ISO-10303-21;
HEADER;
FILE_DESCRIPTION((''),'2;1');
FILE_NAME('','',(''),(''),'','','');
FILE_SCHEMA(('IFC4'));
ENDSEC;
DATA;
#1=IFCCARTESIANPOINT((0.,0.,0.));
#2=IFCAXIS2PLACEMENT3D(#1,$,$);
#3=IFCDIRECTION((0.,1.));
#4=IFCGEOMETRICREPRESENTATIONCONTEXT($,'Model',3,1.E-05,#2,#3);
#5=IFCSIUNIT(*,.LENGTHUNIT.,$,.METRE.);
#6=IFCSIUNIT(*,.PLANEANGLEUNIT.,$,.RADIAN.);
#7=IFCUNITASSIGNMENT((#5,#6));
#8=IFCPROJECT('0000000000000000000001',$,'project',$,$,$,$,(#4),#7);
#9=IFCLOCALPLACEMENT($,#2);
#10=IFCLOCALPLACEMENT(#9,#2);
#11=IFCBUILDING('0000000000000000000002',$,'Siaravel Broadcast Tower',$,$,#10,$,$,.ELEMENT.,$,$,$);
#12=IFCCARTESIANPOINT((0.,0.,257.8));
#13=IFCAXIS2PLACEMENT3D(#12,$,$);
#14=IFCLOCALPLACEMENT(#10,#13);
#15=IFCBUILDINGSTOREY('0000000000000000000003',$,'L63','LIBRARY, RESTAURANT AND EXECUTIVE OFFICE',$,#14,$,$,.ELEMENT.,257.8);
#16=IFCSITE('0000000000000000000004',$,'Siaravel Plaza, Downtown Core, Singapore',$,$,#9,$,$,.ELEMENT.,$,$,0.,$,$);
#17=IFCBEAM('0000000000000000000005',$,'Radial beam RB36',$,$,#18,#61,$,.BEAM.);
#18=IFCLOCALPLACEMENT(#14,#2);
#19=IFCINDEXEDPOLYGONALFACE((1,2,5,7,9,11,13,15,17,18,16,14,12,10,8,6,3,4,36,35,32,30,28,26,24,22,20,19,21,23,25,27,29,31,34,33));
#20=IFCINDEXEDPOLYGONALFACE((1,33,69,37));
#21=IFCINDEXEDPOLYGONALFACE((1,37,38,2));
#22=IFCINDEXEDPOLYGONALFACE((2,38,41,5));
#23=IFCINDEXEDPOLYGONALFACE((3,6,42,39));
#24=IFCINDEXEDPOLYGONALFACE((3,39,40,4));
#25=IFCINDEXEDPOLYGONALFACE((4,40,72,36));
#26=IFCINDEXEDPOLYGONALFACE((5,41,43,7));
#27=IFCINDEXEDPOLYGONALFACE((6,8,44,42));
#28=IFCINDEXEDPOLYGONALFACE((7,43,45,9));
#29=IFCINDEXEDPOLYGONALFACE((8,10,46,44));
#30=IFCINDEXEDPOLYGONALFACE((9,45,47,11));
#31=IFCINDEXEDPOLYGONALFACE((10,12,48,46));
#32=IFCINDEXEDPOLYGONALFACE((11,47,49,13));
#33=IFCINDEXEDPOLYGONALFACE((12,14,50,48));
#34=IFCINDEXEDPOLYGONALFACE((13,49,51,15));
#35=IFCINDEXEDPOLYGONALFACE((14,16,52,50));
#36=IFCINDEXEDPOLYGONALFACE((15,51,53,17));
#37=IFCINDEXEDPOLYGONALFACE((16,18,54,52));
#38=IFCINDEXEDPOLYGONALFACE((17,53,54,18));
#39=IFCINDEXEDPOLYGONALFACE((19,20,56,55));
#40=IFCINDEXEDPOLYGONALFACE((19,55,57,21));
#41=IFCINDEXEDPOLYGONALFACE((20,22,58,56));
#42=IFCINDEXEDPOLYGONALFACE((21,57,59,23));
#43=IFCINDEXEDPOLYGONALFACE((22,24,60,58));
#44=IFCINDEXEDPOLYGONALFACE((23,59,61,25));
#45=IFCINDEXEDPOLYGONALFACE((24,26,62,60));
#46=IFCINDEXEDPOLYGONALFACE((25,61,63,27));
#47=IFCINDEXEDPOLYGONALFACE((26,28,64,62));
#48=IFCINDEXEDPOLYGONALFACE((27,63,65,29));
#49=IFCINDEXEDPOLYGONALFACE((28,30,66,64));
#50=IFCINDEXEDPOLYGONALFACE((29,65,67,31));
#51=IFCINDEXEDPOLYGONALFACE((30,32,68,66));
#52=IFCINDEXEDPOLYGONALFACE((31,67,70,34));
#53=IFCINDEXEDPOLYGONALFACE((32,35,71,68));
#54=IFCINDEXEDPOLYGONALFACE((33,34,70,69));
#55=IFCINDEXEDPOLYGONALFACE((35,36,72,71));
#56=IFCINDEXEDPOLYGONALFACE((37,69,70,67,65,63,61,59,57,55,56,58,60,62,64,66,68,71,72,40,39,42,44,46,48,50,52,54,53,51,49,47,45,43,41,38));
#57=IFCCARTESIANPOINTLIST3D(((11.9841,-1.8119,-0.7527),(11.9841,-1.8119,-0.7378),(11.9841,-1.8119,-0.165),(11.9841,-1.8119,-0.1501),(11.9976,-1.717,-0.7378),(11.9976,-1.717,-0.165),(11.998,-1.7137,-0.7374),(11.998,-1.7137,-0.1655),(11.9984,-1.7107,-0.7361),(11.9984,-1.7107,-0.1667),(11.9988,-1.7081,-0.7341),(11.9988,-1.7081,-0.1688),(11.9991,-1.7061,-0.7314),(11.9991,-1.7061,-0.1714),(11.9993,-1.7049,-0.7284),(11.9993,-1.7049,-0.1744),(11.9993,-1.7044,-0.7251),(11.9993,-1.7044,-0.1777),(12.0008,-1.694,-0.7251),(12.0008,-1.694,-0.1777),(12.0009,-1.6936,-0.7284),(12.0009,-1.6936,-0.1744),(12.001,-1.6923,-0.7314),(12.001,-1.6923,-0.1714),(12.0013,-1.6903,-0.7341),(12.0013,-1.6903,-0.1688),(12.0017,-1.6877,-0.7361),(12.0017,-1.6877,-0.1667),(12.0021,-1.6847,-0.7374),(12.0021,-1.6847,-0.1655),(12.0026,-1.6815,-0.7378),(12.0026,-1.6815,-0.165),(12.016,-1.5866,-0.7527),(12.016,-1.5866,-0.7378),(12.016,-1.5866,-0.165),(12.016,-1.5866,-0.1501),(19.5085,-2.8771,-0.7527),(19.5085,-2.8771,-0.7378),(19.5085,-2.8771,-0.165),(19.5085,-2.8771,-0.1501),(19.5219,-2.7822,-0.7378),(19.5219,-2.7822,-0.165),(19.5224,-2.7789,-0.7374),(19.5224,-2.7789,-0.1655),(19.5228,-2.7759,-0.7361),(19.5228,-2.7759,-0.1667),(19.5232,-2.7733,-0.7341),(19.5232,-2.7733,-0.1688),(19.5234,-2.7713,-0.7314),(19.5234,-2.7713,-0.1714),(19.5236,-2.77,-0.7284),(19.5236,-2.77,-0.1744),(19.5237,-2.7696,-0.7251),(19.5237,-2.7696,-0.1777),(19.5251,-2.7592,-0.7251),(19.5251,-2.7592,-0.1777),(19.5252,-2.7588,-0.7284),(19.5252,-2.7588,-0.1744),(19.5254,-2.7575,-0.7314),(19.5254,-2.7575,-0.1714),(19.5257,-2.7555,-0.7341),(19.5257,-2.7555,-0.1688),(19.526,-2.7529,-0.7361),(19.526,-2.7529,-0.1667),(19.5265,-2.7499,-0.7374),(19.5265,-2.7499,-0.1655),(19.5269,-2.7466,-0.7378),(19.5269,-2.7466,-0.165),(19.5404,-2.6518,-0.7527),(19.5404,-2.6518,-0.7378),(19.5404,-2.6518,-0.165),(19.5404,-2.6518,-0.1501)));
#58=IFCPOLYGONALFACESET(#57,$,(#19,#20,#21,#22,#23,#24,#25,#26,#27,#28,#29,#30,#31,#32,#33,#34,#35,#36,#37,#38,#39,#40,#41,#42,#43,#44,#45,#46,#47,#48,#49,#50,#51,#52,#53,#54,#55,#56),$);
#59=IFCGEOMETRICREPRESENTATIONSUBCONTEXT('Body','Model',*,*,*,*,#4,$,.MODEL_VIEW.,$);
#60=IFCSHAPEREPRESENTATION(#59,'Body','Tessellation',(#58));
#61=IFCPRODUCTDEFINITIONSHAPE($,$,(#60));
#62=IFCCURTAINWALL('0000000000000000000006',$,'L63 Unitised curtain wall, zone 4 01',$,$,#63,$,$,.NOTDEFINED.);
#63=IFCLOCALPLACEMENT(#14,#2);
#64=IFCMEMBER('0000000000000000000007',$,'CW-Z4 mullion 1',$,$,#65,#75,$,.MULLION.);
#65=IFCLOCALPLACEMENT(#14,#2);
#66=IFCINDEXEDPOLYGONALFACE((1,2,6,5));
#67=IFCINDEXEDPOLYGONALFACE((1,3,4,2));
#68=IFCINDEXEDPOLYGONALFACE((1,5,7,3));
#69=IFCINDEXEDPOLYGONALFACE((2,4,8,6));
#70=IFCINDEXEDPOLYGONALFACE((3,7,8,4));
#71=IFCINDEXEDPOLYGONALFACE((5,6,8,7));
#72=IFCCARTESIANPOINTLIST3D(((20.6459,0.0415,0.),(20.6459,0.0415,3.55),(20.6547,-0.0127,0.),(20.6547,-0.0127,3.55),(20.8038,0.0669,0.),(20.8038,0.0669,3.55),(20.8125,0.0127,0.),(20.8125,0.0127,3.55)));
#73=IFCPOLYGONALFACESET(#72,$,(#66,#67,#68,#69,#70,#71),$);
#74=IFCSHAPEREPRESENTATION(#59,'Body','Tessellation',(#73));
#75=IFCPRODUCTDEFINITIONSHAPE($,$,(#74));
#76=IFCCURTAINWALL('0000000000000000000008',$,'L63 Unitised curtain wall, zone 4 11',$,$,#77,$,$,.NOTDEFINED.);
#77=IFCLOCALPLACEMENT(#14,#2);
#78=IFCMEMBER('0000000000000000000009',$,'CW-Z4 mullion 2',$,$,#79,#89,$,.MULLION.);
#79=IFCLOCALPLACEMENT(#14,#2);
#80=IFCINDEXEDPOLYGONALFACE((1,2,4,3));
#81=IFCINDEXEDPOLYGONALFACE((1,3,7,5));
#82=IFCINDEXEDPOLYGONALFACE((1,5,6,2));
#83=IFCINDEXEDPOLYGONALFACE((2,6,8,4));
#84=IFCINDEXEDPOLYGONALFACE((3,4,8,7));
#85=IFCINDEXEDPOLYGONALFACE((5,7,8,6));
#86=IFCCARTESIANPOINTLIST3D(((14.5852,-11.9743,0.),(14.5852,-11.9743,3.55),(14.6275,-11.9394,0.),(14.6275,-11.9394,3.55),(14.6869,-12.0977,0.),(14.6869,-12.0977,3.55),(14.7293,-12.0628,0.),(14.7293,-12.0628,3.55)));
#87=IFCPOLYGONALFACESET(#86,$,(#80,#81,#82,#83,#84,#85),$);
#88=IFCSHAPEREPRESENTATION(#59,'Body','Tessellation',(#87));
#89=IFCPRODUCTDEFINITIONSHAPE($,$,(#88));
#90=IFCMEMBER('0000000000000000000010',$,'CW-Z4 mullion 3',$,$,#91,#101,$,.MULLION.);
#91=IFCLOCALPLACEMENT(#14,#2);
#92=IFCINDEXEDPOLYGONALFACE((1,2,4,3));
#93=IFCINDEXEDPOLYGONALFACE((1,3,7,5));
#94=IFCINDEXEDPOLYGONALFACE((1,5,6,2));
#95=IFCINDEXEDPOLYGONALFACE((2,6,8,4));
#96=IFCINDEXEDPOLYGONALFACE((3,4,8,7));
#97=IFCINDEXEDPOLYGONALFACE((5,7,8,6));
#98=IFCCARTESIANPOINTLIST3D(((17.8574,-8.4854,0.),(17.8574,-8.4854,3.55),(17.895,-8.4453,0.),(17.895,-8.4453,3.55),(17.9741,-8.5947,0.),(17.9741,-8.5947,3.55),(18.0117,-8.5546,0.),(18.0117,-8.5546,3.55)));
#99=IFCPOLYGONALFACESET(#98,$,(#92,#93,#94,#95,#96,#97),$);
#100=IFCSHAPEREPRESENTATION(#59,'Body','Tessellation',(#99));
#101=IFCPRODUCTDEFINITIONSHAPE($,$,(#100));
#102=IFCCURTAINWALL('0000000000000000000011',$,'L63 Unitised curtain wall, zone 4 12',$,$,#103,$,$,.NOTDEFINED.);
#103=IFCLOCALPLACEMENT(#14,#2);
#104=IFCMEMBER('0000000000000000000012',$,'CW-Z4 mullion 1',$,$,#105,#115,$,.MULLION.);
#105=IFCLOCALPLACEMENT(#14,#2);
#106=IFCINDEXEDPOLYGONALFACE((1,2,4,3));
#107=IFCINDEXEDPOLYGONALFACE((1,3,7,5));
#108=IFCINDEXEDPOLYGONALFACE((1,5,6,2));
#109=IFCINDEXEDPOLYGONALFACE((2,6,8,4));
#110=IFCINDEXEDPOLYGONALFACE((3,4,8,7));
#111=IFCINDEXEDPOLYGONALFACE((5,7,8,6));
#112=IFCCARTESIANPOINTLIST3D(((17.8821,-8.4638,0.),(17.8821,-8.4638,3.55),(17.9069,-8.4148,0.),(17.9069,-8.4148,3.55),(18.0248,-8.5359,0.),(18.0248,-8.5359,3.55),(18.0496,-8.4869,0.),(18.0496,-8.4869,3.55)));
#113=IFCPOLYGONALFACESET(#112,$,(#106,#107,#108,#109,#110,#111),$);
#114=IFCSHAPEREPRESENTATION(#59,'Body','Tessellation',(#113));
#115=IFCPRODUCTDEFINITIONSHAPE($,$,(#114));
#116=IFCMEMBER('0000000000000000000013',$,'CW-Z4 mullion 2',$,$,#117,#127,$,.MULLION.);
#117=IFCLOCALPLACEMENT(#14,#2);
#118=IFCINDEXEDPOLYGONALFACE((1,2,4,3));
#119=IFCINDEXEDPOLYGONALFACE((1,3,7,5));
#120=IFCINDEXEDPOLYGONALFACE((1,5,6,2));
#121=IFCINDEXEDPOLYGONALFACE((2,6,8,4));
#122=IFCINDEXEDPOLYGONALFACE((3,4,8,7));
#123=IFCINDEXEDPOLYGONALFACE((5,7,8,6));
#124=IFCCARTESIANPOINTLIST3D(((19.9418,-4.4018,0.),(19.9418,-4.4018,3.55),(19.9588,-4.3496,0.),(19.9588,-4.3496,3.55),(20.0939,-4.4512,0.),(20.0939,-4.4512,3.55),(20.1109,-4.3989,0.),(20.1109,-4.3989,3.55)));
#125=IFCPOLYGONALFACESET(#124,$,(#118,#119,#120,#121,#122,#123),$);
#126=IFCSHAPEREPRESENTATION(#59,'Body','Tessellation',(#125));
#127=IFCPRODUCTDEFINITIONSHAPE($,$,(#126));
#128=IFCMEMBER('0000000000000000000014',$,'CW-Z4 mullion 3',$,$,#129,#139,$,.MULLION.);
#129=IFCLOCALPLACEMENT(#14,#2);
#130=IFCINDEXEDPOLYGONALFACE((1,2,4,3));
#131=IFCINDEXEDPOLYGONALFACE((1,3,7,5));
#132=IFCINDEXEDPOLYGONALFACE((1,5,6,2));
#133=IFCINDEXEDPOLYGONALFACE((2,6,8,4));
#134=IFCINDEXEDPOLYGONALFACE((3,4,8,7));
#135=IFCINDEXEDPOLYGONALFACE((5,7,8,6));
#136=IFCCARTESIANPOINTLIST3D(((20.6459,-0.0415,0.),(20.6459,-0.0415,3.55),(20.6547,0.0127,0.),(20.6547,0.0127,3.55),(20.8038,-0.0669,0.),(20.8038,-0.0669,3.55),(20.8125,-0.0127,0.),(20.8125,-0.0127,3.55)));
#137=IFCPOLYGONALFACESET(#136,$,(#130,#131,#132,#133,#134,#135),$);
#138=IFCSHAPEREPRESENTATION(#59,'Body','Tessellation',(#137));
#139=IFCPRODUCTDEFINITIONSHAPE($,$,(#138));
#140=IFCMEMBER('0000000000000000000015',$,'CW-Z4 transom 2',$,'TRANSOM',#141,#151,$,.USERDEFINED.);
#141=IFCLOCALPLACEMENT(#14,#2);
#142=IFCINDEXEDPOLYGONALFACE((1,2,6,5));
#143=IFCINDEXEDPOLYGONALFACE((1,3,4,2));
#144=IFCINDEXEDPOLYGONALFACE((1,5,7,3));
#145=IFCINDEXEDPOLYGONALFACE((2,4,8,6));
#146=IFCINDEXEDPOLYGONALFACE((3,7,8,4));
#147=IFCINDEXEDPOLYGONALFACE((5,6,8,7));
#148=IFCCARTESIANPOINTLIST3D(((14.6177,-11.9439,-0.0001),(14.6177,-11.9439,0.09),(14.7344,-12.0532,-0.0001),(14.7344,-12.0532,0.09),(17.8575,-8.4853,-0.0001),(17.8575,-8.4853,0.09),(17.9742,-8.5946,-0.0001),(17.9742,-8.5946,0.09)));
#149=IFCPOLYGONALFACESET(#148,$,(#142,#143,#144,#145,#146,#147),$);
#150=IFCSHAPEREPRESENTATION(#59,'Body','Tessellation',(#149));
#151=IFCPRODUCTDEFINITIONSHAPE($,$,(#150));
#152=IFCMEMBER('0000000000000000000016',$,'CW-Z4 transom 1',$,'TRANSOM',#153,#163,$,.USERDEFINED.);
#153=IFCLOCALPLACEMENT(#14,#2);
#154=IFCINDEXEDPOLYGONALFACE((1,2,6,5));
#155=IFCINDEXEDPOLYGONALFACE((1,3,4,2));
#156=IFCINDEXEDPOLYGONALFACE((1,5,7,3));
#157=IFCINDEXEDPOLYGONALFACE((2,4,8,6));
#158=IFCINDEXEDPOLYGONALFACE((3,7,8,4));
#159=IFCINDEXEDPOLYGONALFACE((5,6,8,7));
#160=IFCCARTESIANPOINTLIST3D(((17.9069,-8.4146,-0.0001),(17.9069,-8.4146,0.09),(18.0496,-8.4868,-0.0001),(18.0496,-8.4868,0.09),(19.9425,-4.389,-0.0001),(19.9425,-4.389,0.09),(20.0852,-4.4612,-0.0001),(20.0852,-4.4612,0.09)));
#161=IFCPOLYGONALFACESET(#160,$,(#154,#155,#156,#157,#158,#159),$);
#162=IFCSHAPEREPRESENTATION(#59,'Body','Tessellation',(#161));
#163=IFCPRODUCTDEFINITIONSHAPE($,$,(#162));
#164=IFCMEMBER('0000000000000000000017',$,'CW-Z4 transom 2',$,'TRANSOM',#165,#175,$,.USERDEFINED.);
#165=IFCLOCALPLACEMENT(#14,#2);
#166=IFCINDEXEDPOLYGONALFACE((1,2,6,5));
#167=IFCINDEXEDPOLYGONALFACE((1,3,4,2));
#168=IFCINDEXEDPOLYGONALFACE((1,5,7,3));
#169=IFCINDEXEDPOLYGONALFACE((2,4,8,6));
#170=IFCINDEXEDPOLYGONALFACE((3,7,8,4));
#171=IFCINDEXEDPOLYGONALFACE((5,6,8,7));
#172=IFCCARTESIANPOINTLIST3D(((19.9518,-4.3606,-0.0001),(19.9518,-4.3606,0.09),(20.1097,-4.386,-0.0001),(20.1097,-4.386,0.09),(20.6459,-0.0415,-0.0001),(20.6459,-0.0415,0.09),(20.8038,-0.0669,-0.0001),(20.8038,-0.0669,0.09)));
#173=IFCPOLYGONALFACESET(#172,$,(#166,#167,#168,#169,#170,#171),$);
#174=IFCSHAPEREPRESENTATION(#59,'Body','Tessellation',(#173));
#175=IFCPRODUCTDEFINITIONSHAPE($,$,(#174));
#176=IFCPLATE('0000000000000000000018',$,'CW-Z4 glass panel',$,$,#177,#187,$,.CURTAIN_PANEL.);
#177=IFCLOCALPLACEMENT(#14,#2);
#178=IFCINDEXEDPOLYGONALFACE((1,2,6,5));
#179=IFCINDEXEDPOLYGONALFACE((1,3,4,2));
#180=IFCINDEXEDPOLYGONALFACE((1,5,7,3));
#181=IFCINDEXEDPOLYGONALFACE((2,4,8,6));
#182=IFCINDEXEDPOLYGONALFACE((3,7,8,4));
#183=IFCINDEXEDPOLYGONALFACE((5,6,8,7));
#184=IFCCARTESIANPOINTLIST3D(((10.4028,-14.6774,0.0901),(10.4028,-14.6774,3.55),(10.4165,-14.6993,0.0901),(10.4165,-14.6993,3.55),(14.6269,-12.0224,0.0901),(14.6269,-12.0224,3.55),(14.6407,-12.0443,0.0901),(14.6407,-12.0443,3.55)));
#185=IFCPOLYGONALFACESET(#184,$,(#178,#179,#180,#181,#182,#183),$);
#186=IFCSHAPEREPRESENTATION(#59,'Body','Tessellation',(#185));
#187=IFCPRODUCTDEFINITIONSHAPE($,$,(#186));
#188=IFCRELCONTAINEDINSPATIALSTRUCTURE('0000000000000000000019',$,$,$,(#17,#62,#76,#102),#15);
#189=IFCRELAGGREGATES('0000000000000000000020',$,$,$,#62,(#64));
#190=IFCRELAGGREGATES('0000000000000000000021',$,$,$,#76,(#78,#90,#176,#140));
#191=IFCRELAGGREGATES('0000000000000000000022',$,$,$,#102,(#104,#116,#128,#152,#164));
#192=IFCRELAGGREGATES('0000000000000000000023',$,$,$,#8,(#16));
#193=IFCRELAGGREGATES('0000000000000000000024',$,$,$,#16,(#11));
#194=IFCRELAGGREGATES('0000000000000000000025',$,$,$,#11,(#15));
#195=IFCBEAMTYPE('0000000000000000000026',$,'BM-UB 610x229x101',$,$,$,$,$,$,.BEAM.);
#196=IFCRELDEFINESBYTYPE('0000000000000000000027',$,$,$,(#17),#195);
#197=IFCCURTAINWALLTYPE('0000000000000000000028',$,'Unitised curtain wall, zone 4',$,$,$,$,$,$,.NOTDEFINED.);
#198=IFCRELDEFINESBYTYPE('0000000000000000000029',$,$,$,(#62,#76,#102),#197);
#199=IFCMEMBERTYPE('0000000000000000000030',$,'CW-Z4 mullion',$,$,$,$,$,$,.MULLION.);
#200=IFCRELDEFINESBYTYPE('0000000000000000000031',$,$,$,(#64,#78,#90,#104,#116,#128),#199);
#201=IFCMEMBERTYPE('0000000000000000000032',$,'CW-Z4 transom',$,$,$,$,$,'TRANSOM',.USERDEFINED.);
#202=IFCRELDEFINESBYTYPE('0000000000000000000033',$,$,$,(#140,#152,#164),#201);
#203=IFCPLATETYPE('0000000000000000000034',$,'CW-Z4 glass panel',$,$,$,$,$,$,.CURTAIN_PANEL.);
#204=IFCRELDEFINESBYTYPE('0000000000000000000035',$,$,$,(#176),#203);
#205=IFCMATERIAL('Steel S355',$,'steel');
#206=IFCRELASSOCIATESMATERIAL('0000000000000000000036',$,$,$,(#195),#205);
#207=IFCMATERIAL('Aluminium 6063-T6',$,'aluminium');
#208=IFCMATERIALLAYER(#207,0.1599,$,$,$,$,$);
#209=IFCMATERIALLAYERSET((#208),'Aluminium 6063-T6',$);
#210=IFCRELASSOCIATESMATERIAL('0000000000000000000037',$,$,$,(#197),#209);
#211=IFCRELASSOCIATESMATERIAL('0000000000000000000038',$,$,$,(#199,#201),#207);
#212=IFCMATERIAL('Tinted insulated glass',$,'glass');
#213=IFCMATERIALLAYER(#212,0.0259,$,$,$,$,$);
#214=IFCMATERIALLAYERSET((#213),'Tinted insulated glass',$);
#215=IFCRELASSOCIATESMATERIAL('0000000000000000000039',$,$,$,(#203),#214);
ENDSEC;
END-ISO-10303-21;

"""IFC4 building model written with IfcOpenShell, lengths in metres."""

from ifc_helpers import new_model, si_unit, direction, frame, origin, origin_2d, place, context, subcontext, project, spatial, rectangle, i_section, extrude, material, layer, layer_set, material_profile, profile_set, type_object, element, aggregate, save


model = new_model("IFC4")

# Units and contexts
model_context = context("Model", 3, precision=1e-05, world=origin(), true_north=direction((0.0, 1.0)))
body_context = subcontext(model_context, "Body", "Model", "MODEL_VIEW")
ifc_project = project(units=[si_unit("LENGTHUNIT", "METRE"), si_unit("PLANEANGLEUNIT", "RADIAN")], contexts=[model_context])

# Site, building, storey
site_placement = place(None, origin())
site = spatial("IfcSite", under=ifc_project, at=site_placement, Name="Siaravel Plaza, Downtown Core, Singapore", CompositionType="ELEMENT", RefElevation=0.0)
building_placement = place(site_placement, origin())
building = spatial("IfcBuilding", under=site, at=building_placement, Name="Siaravel Broadcast Tower", CompositionType="ELEMENT")
storey_placement = place(building_placement, frame((0.0, 0.0, 257.8)))
storey = spatial("IfcBuildingStorey", under=building, at=storey_placement, Name="L63", Description="LIBRARY, RESTAURANT AND EXECUTIVE OFFICE", CompositionType="ELEMENT", Elevation=257.8)

# Beam
ifc_material_1 = material(Name="Steel S355", Category="steel")
ifc_material_profile_1 = material_profile(ifc_material_1, i_section(OverallWidth=0.2275, OverallDepth=0.6025, WebThickness=0.0105, FlangeThickness=0.0149, FilletRadius=0.0127, at=origin_2d()))
ifc_profile_set_1 = profile_set([ifc_material_profile_1], Name="Steel S355")
beam_type = type_object("IfcBeamType", Name="BM-UB 610x229x101", PredefinedType="BEAM", material=ifc_profile_set_1)
beam_1_placement = place(storey_placement, frame((19.5244, -2.7644, -0.4514), z_axis=(-0.990128, 0.140166, 0.0), x_axis=(-0.140166, -0.990128, 0.0)))
element("IfcBeam", 1, at=beam_1_placement, inside=storey, type_object=beam_type, Name="Radial beam RB36", PredefinedType="BEAM", context=body_context, shape_type="SweptSolid", body=[
    extrude(i_section(OverallWidth=0.2275, OverallDepth=0.6025, WebThickness=0.0105, FlangeThickness=0.0149, FilletRadius=0.0127, at=origin_2d()), origin(), (0.0, 0.0, 1.0), 7.5994),
])

# Curtain wall, member
ifc_material_2 = material(Name="Aluminium 6063-T6", Category="aluminium")
ifc_layer_1 = layer(ifc_material_2, 0.1599)
ifc_layer_set_1 = layer_set([ifc_layer_1], Name="Aluminium 6063-T6")
curtain_wall_type = type_object("IfcCurtainWallType", Name="Unitised curtain wall, zone 4", PredefinedType="NOTDEFINED", material=ifc_layer_set_1)
curtain_wall_1_placement = place(storey_placement, origin())
curtain_wall_1 = element("IfcCurtainWall", 2, at=curtain_wall_1_placement, inside=storey, type_object=curtain_wall_type, Name="L63 Unitised curtain wall, zone 4 01", PredefinedType="NOTDEFINED")
ifc_material_profile_2 = material_profile(ifc_material_2, rectangle(XDim=0.1599, YDim=0.0549, at=origin_2d()))
ifc_profile_set_2 = profile_set([ifc_material_profile_2], Name="Aluminium 6063-T6")
member_type_1 = type_object("IfcMemberType", Name="CW-Z4 mullion", PredefinedType="MULLION", material=ifc_profile_set_2)
member_1_placement = place(storey_placement, frame((20.7292, 0.0271, 0.0), z_axis=(0.0, 0.0, 1.0), x_axis=(-0.987329, -0.158685, 0.0)))
member_1 = element("IfcMember", 3, at=member_1_placement, type_object=member_type_1, Name="CW-Z4 mullion 1", PredefinedType="MULLION", context=body_context, shape_type="SweptSolid", body=[
    extrude(rectangle(XDim=0.1599, YDim=0.0549, at=origin_2d()), origin(), (0.0, 0.0, 1.0), 3.55),
])
aggregate(curtain_wall_1, [member_1])

# Curtain walls, members
curtain_wall_2_placement = place(storey_placement, origin())
curtain_wall_2 = element("IfcCurtainWall", 4, at=curtain_wall_2_placement, inside=storey, type_object=curtain_wall_type, Name="L63 Unitised curtain wall, zone 4 11", PredefinedType="NOTDEFINED")
member_2_placement = place(storey_placement, frame((14.6572, -12.0186, 0.0), z_axis=(0.0, 0.0, 1.0), x_axis=(-0.63622, 0.771508, 0.0)))
member_2 = element("IfcMember", 5, at=member_2_placement, type_object=member_type_1, Name="CW-Z4 mullion 2", PredefinedType="MULLION", context=body_context, shape_type="SweptSolid", body=[
    extrude(rectangle(XDim=0.1599, YDim=0.0549, at=origin_2d()), origin(), (0.0, 0.0, 1.0), 3.55),
])
member_3_placement = place(storey_placement, frame((17.9346, -8.52, 0.0), z_axis=(0.0, 0.0, 1.0), x_axis=(-0.729807, 0.683654, 0.0)))
member_3 = element("IfcMember", 6, at=member_3_placement, type_object=member_type_1, Name="CW-Z4 mullion 3", PredefinedType="MULLION", context=body_context, shape_type="SweptSolid", body=[
    extrude(rectangle(XDim=0.1599, YDim=0.0549, at=origin_2d()), origin(), (0.0, 0.0, 1.0), 3.55),
])
curtain_wall_3_placement = place(storey_placement, origin())
curtain_wall_3 = element("IfcCurtainWall", 7, at=curtain_wall_3_placement, inside=storey, type_object=curtain_wall_type, Name="L63 Unitised curtain wall, zone 4 12", PredefinedType="NOTDEFINED")
member_4_placement = place(storey_placement, frame((17.9658, -8.4753, 0.0), z_axis=(0.0, 0.0, 1.0), x_axis=(-0.892393, 0.451259, 0.0)))
member_4 = element("IfcMember", 8, at=member_4_placement, type_object=member_type_1, Name="CW-Z4 mullion 1", PredefinedType="MULLION", context=body_context, shape_type="SweptSolid", body=[
    extrude(rectangle(XDim=0.1599, YDim=0.0549, at=origin_2d()), origin(), (0.0, 0.0, 1.0), 3.55),
])
member_5_placement = place(storey_placement, frame((20.0264, -4.4004, 0.0), z_axis=(0.0, 0.0, 1.0), x_axis=(-0.951178, 0.308644, 0.0)))
member_5 = element("IfcMember", 9, at=member_5_placement, type_object=member_type_1, Name="CW-Z4 mullion 2", PredefinedType="MULLION", context=body_context, shape_type="SweptSolid", body=[
    extrude(rectangle(XDim=0.1599, YDim=0.0549, at=origin_2d()), origin(), (0.0, 0.0, 1.0), 3.55),
])
member_6_placement = place(storey_placement, frame((20.7292, -0.0271, 0.0), z_axis=(0.0, 0.0, 1.0), x_axis=(-0.987329, 0.158685, 0.0)))
member_6 = element("IfcMember", 10, at=member_6_placement, type_object=member_type_1, Name="CW-Z4 mullion 3", PredefinedType="MULLION", context=body_context, shape_type="SweptSolid", body=[
    extrude(rectangle(XDim=0.1599, YDim=0.0549, at=origin_2d()), origin(), (0.0, 0.0, 1.0), 3.55),
])

# Members
ifc_material_profile_3 = material_profile(ifc_material_2, rectangle(XDim=0.1599, YDim=0.0901, at=origin_2d()))
ifc_profile_set_3 = profile_set([ifc_material_profile_3], Name="Aluminium 6063-T6")
member_type_2 = type_object("IfcMemberType", Name="CW-Z4 transom", ElementType="TRANSOM", PredefinedType="USERDEFINED", material=ifc_profile_set_3)
member_7_placement = place(storey_placement, frame((14.676, -11.9985, 0.0449), z_axis=(0.68365, 0.72981, 0.0), x_axis=(-0.72981, 0.68365, 0.0)))
member_7 = element("IfcMember", 11, at=member_7_placement, type_object=member_type_2, Name="CW-Z4 transom 2", ObjectType="TRANSOM", PredefinedType="USERDEFINED", context=body_context, shape_type="SweptSolid", body=[
    extrude(rectangle(XDim=0.1599, YDim=0.0901, at=origin_2d()), origin(), (0.0, 0.0, 1.0), 4.739),
])
member_8_placement = place(storey_placement, frame((17.9783, -8.4507, 0.0449), z_axis=(0.451257, 0.892394, 0.0), x_axis=(-0.892394, 0.451257, 0.0)))
member_8 = element("IfcMember", 12, at=member_8_placement, type_object=member_type_2, Name="CW-Z4 transom 1", ObjectType="TRANSOM", PredefinedType="USERDEFINED", context=body_context, shape_type="SweptSolid", body=[
    extrude(rectangle(XDim=0.1599, YDim=0.0901, at=origin_2d()), origin(), (0.0, 0.0, 1.0), 4.511),
])
member_9_placement = place(storey_placement, frame((20.0308, -4.3733, 0.0449), z_axis=(0.158667, 0.987332, 0.0), x_axis=(-0.987332, 0.158667, 0.0)))
member_9 = element("IfcMember", 13, at=member_9_placement, type_object=member_type_2, Name="CW-Z4 transom 2", ObjectType="TRANSOM", PredefinedType="USERDEFINED", context=body_context, shape_type="SweptSolid", body=[
    extrude(rectangle(XDim=0.1599, YDim=0.0901, at=origin_2d()), origin(), (0.0, 0.0, 1.0), 4.3745),
])

# Plate
ifc_material_3 = material(Name="Tinted insulated glass", Category="glass")
ifc_layer_2 = layer(ifc_material_3, 0.0259)
ifc_layer_set_2 = layer_set([ifc_layer_2], Name="Tinted insulated glass")
plate_type = type_object("IfcPlateType", Name="CW-Z4 glass panel", PredefinedType="CURTAIN_PANEL", material=ifc_layer_set_2)
plate_1_placement = place(storey_placement, frame((12.5217, -13.3608, 0.0901), z_axis=(0.0, 0.0, 1.0), x_axis=(0.84665, 0.532151, 0.0)))
plate_1 = element("IfcPlate", 14, at=plate_1_placement, type_object=plate_type, Name="CW-Z4 glass panel", PredefinedType="CURTAIN_PANEL", context=body_context, shape_type="SweptSolid", body=[
    extrude(rectangle(XDim=4.9893, YDim=0.0259, at=origin_2d()), origin(), (0.0, 0.0, 1.0), 3.46),
])
aggregate(curtain_wall_2, [member_2, member_3, plate_1, member_7])
aggregate(curtain_wall_3, [member_4, member_5, member_6, member_8, member_9])

save(model, "model.ifc")
